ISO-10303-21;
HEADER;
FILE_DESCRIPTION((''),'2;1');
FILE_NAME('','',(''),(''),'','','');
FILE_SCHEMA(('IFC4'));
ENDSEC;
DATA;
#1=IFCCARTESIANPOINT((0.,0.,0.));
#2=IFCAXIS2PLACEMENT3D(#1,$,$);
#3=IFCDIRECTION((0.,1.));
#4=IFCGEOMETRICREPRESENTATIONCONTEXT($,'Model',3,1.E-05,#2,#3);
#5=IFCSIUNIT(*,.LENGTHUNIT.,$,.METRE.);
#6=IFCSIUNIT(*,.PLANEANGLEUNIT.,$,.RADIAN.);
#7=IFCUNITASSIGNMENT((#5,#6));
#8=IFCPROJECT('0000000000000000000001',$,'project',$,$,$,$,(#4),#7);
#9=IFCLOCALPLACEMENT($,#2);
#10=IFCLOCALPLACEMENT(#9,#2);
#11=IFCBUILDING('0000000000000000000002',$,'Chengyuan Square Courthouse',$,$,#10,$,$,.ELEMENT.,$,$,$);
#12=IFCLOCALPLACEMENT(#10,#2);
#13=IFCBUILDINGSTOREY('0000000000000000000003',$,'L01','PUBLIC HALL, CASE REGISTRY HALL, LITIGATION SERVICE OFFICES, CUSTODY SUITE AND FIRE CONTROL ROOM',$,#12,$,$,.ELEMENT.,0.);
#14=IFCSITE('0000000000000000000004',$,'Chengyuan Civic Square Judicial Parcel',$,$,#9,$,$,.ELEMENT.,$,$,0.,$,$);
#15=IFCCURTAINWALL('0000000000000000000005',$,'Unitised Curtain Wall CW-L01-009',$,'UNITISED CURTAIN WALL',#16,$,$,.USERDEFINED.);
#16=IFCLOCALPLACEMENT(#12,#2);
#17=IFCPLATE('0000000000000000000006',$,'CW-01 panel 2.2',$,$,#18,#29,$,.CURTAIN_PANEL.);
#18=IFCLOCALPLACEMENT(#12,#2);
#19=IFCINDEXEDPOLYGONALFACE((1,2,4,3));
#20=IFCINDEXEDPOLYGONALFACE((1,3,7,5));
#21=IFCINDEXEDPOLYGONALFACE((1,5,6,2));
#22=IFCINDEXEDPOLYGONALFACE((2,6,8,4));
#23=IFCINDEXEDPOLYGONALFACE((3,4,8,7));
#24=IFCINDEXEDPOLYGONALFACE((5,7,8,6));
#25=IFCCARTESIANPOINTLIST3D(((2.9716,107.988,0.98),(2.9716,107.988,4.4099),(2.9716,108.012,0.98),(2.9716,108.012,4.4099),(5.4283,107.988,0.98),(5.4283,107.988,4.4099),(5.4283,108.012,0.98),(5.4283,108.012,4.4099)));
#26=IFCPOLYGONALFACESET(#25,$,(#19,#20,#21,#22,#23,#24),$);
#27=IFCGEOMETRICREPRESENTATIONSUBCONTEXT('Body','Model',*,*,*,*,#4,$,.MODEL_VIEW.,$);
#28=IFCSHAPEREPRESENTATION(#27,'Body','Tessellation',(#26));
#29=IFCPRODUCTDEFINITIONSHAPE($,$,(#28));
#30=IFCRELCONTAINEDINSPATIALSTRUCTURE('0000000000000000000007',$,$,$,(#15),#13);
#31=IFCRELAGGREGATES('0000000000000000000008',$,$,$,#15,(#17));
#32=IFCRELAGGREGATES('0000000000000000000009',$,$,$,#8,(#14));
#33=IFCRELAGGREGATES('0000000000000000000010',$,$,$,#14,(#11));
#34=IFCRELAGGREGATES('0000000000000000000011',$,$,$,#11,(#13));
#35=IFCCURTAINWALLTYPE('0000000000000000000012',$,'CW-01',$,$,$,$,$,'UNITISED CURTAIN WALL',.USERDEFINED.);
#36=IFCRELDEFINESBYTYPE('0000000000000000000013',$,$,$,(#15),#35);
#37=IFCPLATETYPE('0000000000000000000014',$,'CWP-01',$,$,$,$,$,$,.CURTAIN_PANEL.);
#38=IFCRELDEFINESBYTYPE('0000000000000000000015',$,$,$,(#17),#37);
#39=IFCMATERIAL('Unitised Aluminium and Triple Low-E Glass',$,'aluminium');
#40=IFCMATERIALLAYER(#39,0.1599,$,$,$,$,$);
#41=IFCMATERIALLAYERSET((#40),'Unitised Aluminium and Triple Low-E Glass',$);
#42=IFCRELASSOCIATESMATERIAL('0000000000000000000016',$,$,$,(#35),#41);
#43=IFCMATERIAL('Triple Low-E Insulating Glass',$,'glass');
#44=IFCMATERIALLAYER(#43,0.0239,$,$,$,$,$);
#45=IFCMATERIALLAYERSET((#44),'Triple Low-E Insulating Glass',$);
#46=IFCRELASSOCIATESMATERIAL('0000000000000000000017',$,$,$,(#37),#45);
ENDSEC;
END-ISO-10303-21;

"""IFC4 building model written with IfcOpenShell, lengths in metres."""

from ifc_helpers import new_model, si_unit, direction, frame, origin, origin_2d, place, context, subcontext, project, spatial, rectangle, extrude, material, layer, layer_set, type_object, element, aggregate, save


model = new_model("IFC4")

# Units and contexts
model_context = context("Model", 3, precision=1e-05, world=origin(), true_north=direction((0.0, 1.0)))
body_context = subcontext(model_context, "Body", "Model", "MODEL_VIEW")
ifc_project = project(units=[si_unit("LENGTHUNIT", "METRE"), si_unit("PLANEANGLEUNIT", "RADIAN")], contexts=[model_context])

# Site, building, storey
site_placement = place(None, origin())
site = spatial("IfcSite", under=ifc_project, at=site_placement, Name="Chengyuan Civic Square Judicial Parcel", CompositionType="ELEMENT", RefElevation=0.0)
building_placement = place(site_placement, origin())
building = spatial("IfcBuilding", under=site, at=building_placement, Name="Chengyuan Square Courthouse", CompositionType="ELEMENT")
storey_placement = place(building_placement, origin())
storey = spatial("IfcBuildingStorey", under=building, at=storey_placement, Name="L01", Description="PUBLIC HALL, CASE REGISTRY HALL, LITIGATION SERVICE OFFICES, CUSTODY SUITE AND FIRE CONTROL ROOM", CompositionType="ELEMENT", Elevation=0.0)

# Curtain wall, plate
ifc_material_1 = material(Name="Unitised Aluminium and Triple Low-E Glass", Category="aluminium")
ifc_layer_1 = layer(ifc_material_1, 0.1599)
ifc_layer_set_1 = layer_set([ifc_layer_1], Name="Unitised Aluminium and Triple Low-E Glass")
curtain_wall_type = type_object("IfcCurtainWallType", Name="CW-01", ElementType="UNITISED CURTAIN WALL", PredefinedType="USERDEFINED", material=ifc_layer_set_1)
curtain_wall_placement = place(storey_placement, origin())
curtain_wall = element("IfcCurtainWall", 1, at=curtain_wall_placement, inside=storey, type_object=curtain_wall_type, Name="Unitised Curtain Wall CW-L01-009", ObjectType="UNITISED CURTAIN WALL", PredefinedType="USERDEFINED")
ifc_material_2 = material(Name="Triple Low-E Insulating Glass", Category="glass")
ifc_layer_2 = layer(ifc_material_2, 0.0239)
ifc_layer_set_2 = layer_set([ifc_layer_2], Name="Triple Low-E Insulating Glass")
plate_type = type_object("IfcPlateType", Name="CWP-01", PredefinedType="CURTAIN_PANEL", material=ifc_layer_set_2)
plate_1_placement = place(storey_placement, frame((4.2, 108.0, 0.98), z_axis=(0.0, 0.0, 1.0), x_axis=(1.0, 0.0, 0.0)))
plate_1 = element("IfcPlate", 2, at=plate_1_placement, type_object=plate_type, Name="CW-01 panel 2.2", PredefinedType="CURTAIN_PANEL", context=body_context, shape_type="SweptSolid", body=[
    extrude(rectangle(XDim=2.4568, YDim=0.0239, at=origin_2d()), origin(), (0.0, 0.0, 1.0), 3.4299),
])
aggregate(curtain_wall, [plate_1])

save(model, "model.ifc")
